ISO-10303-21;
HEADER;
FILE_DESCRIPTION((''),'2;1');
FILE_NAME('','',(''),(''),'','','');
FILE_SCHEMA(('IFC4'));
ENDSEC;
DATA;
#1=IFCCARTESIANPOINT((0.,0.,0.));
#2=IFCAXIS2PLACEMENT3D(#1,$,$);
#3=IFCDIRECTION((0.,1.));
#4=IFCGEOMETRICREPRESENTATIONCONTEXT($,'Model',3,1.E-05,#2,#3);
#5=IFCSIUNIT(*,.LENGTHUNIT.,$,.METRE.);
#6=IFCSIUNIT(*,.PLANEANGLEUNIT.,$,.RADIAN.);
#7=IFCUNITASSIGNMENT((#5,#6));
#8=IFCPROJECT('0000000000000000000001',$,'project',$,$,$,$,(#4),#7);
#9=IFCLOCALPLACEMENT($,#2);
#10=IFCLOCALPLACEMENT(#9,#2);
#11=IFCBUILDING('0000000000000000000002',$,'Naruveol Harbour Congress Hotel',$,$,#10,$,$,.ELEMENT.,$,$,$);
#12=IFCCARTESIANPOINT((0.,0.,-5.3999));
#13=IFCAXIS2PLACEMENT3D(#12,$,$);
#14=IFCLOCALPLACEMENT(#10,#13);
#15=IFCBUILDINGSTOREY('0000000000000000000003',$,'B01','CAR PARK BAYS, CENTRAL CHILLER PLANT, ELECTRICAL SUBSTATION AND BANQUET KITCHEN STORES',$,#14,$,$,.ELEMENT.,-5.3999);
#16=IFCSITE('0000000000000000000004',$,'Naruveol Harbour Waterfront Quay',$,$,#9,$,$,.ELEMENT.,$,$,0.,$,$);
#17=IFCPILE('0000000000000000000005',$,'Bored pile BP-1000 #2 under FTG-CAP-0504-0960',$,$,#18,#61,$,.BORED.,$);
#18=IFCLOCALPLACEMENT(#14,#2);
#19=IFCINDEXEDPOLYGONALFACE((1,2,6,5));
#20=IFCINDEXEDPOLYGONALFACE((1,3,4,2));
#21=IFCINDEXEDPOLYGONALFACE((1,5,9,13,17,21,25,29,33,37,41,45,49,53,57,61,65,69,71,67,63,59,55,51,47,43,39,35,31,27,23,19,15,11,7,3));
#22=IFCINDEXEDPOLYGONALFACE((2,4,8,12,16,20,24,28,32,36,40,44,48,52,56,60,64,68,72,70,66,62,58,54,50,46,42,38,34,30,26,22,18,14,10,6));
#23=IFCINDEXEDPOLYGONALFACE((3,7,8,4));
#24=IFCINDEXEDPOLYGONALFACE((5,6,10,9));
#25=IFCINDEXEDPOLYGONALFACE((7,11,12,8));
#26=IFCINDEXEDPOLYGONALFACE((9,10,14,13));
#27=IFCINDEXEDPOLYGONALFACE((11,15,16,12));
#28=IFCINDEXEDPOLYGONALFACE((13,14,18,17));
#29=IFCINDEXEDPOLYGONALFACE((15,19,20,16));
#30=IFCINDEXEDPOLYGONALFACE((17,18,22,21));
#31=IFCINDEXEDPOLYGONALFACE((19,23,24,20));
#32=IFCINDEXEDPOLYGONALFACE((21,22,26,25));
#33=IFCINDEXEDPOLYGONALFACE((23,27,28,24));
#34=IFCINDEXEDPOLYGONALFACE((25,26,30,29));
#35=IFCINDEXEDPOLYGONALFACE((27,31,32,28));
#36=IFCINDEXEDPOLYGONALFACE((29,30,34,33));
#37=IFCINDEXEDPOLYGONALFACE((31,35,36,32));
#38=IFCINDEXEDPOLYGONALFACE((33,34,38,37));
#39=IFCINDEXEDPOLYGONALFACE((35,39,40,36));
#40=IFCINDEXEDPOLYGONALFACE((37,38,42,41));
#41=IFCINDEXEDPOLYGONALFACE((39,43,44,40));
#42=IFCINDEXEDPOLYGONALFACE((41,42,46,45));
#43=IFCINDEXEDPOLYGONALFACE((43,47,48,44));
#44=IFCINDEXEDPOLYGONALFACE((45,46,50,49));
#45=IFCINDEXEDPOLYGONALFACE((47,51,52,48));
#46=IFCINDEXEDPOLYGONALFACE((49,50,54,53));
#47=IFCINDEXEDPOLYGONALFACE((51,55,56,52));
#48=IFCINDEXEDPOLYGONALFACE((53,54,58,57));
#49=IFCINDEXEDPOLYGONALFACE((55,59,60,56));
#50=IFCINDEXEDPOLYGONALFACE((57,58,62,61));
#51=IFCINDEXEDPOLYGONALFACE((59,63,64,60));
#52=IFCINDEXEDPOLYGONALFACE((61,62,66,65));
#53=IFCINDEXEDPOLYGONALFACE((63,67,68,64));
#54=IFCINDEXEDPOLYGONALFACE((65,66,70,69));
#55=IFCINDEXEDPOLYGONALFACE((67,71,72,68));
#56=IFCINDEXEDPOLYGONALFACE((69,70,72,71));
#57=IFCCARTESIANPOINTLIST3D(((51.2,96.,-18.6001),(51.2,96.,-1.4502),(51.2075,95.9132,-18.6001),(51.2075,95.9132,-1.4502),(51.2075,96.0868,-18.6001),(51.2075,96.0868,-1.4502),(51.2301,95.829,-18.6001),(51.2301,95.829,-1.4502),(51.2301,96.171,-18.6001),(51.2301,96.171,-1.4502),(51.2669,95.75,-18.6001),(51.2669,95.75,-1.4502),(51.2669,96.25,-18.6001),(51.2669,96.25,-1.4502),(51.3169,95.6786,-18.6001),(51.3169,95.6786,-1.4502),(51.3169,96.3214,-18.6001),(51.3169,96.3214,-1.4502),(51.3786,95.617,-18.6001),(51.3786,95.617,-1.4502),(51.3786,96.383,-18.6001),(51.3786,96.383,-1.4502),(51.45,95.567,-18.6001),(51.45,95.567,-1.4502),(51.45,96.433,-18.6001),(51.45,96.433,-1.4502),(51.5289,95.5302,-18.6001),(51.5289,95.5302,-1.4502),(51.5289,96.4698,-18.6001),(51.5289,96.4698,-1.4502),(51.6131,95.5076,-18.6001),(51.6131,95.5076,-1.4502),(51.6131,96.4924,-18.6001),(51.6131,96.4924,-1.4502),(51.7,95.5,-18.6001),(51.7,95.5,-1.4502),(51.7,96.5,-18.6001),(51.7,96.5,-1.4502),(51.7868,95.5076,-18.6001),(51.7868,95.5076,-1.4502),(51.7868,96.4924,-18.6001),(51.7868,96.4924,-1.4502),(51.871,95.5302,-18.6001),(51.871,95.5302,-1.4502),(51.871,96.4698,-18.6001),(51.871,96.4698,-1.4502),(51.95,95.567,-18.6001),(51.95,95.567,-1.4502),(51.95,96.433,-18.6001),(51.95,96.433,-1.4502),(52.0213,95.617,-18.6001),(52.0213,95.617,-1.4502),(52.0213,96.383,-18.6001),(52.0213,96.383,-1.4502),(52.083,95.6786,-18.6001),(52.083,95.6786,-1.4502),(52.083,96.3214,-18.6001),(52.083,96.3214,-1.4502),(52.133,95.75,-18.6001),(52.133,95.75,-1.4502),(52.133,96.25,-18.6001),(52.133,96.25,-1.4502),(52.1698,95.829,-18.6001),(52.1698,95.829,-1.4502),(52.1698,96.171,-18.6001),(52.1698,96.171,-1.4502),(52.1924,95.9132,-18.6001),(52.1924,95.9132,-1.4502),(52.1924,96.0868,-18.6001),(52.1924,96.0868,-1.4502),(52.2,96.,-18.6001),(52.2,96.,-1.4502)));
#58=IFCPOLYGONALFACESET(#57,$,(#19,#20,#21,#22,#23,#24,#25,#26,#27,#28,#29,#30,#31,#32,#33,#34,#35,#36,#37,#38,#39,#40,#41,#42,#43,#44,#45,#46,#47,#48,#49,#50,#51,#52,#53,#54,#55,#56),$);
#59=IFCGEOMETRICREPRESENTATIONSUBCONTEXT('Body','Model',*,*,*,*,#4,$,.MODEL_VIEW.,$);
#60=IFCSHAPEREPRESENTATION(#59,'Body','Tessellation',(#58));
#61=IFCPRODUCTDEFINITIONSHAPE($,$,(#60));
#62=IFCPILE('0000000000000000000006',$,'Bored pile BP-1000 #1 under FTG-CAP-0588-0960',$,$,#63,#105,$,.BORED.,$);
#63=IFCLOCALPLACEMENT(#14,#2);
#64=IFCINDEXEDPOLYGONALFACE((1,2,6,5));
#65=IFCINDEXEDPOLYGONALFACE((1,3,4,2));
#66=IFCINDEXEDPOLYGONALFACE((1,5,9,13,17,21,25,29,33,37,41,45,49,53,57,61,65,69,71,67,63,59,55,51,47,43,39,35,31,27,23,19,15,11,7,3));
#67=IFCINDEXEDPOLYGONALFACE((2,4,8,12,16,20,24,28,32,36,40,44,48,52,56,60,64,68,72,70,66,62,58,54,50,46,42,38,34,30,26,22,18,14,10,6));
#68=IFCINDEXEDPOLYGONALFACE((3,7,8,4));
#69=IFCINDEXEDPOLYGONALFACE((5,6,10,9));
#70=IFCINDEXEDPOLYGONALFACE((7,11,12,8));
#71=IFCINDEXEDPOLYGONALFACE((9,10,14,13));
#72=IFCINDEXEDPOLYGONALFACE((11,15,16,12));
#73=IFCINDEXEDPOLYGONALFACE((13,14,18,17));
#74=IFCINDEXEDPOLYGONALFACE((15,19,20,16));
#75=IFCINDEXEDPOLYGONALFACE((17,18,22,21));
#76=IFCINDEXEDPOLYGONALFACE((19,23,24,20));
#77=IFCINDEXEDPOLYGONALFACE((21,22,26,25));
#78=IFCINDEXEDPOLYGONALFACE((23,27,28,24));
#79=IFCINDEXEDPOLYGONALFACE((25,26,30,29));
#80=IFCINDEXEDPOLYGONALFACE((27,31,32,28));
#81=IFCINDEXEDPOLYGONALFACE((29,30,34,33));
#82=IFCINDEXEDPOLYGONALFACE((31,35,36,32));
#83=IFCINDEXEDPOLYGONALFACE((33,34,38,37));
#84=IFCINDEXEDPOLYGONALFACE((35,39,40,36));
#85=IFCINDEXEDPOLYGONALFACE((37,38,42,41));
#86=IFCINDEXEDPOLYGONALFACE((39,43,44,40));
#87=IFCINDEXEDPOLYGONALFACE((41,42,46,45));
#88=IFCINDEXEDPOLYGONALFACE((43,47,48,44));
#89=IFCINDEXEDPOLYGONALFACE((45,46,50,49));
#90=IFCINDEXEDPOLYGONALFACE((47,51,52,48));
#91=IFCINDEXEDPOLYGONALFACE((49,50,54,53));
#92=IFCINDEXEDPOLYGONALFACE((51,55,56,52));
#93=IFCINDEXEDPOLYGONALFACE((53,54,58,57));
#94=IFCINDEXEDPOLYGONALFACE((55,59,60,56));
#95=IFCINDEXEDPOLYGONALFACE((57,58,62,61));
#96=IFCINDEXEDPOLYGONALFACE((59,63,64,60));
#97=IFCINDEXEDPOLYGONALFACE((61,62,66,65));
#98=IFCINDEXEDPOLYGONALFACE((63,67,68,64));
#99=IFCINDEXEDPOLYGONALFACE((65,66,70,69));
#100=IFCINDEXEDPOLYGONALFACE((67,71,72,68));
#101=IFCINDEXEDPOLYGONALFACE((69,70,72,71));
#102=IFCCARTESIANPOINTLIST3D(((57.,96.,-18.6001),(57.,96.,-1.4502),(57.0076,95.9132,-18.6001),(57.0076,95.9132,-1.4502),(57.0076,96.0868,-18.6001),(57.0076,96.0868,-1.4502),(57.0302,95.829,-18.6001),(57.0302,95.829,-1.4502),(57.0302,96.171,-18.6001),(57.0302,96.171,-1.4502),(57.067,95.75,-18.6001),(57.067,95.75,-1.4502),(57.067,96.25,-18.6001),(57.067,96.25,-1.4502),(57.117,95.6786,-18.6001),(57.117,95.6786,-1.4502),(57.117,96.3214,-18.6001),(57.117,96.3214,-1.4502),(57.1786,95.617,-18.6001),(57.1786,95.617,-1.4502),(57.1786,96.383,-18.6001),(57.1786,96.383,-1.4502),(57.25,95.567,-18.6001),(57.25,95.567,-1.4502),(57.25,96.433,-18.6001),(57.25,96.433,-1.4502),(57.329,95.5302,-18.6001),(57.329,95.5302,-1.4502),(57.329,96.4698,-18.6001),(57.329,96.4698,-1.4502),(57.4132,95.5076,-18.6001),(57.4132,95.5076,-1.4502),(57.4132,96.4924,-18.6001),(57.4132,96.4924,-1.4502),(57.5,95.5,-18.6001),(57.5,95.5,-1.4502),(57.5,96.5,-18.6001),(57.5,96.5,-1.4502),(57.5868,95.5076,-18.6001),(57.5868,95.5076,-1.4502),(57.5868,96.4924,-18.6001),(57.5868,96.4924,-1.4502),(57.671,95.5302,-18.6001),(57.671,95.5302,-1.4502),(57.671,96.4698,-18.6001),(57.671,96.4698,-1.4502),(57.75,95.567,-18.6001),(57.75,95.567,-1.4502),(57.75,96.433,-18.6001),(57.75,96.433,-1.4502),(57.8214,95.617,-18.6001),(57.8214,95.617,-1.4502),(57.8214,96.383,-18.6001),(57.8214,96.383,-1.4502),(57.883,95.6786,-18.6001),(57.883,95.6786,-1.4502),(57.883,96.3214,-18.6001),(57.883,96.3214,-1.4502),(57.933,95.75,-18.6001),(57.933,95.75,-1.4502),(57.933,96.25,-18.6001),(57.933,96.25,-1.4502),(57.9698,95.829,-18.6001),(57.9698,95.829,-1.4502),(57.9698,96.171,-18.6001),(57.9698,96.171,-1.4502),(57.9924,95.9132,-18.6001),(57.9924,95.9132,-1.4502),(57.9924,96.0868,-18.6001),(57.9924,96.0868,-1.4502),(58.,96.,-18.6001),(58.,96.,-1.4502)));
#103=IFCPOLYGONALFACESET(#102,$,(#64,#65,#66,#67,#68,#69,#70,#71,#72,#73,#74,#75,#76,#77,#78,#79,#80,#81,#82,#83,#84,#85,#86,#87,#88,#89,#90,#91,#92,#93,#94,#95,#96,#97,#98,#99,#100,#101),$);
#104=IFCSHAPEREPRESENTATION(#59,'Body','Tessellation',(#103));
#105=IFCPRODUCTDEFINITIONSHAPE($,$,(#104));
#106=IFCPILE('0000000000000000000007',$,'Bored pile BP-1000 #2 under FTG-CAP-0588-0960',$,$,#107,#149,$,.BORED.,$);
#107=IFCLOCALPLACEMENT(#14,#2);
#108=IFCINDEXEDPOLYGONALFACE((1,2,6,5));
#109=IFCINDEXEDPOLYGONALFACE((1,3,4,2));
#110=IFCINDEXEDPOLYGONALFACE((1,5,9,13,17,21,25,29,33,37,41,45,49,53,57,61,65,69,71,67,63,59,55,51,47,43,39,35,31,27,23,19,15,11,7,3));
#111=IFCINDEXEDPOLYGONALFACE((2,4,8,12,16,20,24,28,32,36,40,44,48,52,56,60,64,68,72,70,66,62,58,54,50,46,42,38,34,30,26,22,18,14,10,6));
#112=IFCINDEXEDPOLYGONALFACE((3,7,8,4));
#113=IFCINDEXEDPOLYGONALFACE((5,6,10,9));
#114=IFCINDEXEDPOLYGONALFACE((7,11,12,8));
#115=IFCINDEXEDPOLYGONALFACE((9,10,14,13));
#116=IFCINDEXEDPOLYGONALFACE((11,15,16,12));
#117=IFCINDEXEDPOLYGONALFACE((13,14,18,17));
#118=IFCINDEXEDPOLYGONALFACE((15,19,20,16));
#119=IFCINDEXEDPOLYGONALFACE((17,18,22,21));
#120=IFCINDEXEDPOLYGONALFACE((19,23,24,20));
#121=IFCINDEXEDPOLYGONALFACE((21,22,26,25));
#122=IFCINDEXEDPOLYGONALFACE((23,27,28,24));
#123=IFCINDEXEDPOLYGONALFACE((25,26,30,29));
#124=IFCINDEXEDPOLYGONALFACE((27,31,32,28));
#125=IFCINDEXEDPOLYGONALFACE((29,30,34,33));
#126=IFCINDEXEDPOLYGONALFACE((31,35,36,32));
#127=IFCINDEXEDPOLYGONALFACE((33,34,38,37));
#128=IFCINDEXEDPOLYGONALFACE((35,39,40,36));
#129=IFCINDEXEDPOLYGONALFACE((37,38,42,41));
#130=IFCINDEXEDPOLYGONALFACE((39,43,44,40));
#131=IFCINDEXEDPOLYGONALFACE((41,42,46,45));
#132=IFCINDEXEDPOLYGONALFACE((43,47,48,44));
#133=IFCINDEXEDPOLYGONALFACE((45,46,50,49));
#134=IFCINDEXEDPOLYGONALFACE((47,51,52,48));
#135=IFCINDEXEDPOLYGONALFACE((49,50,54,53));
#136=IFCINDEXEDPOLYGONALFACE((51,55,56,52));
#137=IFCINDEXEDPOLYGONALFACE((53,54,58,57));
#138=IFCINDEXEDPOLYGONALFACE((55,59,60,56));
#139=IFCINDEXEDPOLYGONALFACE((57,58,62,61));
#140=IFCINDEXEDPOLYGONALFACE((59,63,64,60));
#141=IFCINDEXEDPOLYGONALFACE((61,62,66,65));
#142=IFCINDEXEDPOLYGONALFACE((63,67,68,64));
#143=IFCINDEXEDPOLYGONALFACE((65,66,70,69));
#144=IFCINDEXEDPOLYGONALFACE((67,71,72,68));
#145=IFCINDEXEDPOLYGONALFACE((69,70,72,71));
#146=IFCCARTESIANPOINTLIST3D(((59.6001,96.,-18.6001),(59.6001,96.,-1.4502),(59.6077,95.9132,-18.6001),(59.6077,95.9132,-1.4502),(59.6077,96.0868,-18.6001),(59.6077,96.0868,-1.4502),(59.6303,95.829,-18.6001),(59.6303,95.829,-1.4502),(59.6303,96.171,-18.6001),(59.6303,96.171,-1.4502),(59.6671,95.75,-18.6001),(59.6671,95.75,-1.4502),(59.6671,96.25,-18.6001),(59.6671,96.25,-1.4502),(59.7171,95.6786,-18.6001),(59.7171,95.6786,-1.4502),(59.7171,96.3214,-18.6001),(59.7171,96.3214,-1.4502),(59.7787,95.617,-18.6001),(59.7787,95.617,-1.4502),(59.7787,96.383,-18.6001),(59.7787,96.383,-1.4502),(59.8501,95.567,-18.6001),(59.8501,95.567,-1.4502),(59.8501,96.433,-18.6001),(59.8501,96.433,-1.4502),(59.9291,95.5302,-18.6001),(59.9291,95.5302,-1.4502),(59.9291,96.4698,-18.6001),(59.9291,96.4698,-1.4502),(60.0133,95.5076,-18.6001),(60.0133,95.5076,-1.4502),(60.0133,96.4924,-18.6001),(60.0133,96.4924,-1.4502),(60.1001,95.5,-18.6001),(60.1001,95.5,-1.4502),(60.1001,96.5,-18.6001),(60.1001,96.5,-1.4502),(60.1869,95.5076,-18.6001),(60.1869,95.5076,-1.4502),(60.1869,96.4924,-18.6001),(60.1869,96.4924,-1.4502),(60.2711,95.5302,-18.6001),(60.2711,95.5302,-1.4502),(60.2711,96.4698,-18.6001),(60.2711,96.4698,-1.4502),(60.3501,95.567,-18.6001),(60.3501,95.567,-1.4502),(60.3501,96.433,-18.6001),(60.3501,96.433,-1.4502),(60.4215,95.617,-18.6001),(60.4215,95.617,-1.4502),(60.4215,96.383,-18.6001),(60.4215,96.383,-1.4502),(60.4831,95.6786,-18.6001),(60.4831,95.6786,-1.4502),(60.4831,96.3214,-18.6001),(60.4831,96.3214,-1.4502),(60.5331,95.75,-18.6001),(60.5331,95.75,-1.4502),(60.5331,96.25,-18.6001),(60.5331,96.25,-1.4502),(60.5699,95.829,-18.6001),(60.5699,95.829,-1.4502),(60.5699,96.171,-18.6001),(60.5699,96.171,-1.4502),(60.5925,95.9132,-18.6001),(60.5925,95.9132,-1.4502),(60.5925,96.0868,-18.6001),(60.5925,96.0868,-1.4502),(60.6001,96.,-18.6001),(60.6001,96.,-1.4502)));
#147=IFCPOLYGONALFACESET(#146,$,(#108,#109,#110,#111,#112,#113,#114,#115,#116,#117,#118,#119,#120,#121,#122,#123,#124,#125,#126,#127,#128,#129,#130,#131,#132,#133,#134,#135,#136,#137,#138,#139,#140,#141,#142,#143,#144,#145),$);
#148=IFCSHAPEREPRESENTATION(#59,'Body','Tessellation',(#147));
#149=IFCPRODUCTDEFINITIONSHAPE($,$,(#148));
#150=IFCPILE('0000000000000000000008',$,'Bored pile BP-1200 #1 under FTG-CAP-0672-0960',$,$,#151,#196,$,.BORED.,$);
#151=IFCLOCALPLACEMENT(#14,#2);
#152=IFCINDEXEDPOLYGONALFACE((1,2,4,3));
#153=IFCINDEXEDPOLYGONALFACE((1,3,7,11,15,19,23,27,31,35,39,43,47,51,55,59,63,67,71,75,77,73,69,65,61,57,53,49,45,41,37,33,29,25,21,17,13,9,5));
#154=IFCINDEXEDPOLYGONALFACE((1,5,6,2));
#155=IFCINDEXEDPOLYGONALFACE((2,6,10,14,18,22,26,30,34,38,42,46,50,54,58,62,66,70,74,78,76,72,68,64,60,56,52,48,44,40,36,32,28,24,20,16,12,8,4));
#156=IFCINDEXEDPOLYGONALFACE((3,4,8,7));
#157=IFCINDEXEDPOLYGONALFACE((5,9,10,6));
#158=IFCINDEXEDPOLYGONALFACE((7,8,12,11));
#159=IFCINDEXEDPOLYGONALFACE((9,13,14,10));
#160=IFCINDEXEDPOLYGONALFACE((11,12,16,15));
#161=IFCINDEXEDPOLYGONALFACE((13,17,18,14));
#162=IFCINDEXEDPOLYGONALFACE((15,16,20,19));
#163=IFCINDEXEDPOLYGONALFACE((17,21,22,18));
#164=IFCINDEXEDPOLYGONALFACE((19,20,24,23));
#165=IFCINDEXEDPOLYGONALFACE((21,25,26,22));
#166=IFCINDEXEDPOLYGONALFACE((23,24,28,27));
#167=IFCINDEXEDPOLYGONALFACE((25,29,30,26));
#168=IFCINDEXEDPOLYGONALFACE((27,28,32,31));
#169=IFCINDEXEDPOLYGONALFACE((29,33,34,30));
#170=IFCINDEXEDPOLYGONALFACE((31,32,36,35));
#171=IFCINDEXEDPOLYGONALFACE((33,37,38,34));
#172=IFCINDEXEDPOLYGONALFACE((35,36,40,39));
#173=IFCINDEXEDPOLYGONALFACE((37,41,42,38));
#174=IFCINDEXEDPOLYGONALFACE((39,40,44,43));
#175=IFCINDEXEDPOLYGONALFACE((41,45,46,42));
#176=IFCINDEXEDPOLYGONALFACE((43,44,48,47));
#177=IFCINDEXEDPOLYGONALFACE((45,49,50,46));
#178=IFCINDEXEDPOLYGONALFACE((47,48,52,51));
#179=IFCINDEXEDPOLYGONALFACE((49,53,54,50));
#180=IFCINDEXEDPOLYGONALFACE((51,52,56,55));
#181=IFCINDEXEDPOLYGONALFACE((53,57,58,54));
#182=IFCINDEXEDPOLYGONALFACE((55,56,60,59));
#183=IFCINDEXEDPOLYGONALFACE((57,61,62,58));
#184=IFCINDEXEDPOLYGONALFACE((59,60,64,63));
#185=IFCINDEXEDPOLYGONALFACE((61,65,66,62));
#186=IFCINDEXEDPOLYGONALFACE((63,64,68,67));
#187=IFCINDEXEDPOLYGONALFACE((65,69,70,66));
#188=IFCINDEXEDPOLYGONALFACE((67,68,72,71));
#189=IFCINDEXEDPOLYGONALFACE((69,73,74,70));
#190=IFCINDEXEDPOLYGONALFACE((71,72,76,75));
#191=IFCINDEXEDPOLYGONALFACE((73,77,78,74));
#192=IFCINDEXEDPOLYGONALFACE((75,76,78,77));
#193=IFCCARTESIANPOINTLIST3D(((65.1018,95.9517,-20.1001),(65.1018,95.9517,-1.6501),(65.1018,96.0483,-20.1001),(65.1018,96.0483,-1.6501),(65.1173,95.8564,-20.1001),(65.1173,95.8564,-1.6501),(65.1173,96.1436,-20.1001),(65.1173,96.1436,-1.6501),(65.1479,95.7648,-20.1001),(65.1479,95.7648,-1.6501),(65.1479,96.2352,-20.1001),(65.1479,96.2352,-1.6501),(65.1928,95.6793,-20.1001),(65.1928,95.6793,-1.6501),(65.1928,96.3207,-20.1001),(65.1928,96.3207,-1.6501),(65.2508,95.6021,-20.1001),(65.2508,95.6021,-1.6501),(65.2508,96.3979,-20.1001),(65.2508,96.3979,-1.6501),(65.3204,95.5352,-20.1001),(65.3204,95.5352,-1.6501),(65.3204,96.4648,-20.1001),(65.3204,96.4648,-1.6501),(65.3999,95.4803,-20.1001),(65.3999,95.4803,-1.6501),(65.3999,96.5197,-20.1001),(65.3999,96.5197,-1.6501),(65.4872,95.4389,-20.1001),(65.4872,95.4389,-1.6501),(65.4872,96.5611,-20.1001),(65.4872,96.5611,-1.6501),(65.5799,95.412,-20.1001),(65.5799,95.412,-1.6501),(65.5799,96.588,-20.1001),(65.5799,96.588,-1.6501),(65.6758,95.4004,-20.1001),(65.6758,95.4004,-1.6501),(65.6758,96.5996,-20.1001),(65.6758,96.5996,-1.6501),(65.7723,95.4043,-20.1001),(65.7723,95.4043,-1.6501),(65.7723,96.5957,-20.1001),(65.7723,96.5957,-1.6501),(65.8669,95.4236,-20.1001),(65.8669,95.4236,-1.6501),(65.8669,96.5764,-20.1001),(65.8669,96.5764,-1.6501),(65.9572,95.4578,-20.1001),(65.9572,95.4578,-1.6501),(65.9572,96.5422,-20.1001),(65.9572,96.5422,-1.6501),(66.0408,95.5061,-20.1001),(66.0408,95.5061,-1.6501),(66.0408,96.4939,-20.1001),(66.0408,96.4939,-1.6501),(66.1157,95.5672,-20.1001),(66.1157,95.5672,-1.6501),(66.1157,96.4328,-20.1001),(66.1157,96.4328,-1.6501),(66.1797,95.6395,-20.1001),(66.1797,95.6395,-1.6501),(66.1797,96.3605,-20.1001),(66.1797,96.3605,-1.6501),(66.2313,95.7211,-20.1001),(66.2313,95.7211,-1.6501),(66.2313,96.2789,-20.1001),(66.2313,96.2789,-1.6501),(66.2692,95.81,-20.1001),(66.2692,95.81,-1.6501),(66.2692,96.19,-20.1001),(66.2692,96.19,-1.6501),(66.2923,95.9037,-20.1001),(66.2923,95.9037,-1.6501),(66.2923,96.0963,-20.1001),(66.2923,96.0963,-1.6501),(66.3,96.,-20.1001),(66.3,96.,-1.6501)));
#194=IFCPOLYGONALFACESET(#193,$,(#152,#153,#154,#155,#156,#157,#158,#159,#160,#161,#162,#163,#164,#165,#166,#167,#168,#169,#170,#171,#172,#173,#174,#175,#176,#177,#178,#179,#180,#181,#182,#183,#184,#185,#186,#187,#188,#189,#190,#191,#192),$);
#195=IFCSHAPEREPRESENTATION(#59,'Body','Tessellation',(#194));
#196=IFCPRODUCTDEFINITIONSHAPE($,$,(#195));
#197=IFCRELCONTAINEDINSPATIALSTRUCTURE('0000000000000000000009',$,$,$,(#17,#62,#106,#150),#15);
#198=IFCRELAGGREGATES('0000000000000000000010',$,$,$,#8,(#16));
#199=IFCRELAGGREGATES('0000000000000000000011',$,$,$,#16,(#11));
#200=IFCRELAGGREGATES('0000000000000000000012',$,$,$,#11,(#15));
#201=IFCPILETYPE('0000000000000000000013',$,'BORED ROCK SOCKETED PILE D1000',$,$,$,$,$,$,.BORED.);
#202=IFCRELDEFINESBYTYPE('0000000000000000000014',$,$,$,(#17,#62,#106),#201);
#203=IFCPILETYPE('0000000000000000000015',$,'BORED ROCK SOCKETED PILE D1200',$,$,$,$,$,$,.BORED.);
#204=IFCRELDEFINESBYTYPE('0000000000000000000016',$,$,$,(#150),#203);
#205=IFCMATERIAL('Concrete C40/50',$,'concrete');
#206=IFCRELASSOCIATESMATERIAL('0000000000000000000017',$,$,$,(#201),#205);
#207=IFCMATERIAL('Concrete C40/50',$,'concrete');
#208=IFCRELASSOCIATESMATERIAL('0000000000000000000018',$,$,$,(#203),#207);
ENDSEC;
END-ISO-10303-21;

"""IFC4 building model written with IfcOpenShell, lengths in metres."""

from ifc_helpers import new_model, si_unit, direction, frame, origin, origin_2d, place, context, subcontext, project, spatial, circle, extrude, material, material_profile, profile_set, type_object, element, save


model = new_model("IFC4")

# Units and contexts
model_context = context("Model", 3, precision=1e-05, world=origin(), true_north=direction((0.0, 1.0)))
body_context = subcontext(model_context, "Body", "Model", "MODEL_VIEW")
ifc_project = project(units=[si_unit("LENGTHUNIT", "METRE"), si_unit("PLANEANGLEUNIT", "RADIAN")], contexts=[model_context])

# Site, building, storey
site_placement = place(None, origin())
site = spatial("IfcSite", under=ifc_project, at=site_placement, Name="Naruveol Harbour Waterfront Quay", CompositionType="ELEMENT", RefElevation=0.0)
building_placement = place(site_placement, origin())
building = spatial("IfcBuilding", under=site, at=building_placement, Name="Naruveol Harbour Congress Hotel", CompositionType="ELEMENT")
storey_placement = place(building_placement, frame((0.0, 0.0, -5.3999)))
storey = spatial("IfcBuildingStorey", under=building, at=storey_placement, Name="B01", Description="CAR PARK BAYS, CENTRAL CHILLER PLANT, ELECTRICAL SUBSTATION AND BANQUET KITCHEN STORES", CompositionType="ELEMENT", Elevation=-5.3999)

# Piles
ifc_material_1 = material(Name="Concrete C40/50", Category="concrete")
ifc_material_profile_1 = material_profile(ifc_material_1, circle(Radius=0.5, at=origin_2d()), Name="BP-1000")
ifc_profile_set_1 = profile_set([ifc_material_profile_1], Name="Concrete C40/50")
pile_type_1 = type_object("IfcPileType", Name="BORED ROCK SOCKETED PILE D1000", PredefinedType="BORED", material=ifc_profile_set_1)
for number, where, z_axis, x_axis, name in (
    (1, (51.7, 96.0, -1.4502), (0.0, 0.0, -1.0), (1.0, 0.0, 0.0), "Bored pile BP-1000 #2 under FTG-CAP-0504-0960"),
    (2, (57.5, 96.0, -1.4502), (0.0, 0.0, -1.0), (1.0, 0.0, 0.0), "Bored pile BP-1000 #1 under FTG-CAP-0588-0960"),
    (3, (60.1001, 96.0, -1.4502), (0.0, 0.0, -1.0), (1.0, 0.0, 0.0), "Bored pile BP-1000 #2 under FTG-CAP-0588-0960"),
):
    element("IfcPile", number, at=place(storey_placement, frame(where, z_axis=z_axis, x_axis=x_axis)), inside=storey, type_object=pile_type_1, Name=name, PredefinedType="BORED", context=body_context, shape_type="SweptSolid", body=[
        extrude(circle(Radius=0.5, at=origin_2d()), origin(), (0.0, 0.0, 1.0), 17.1499),
    ])
ifc_material_2 = material(Name="Concrete C40/50", Category="concrete")
ifc_material_profile_2 = material_profile(ifc_material_2, circle(Radius=0.6001, at=origin_2d()), Name="BP-1200")
ifc_profile_set_2 = profile_set([ifc_material_profile_2], Name="Concrete C40/50")
pile_type_2 = type_object("IfcPileType", Name="BORED ROCK SOCKETED PILE D1200", PredefinedType="BORED", material=ifc_profile_set_2)
for number, where, z_axis, x_axis, name in (
    (4, (65.7, 96.0, -1.6501), (0.0, 0.0, -1.0), (1.0, 0.0, 0.0), "Bored pile BP-1200 #1 under FTG-CAP-0672-0960"),
):
    element("IfcPile", number, at=place(storey_placement, frame(where, z_axis=z_axis, x_axis=x_axis)), inside=storey, type_object=pile_type_2, Name=name, PredefinedType="BORED", context=body_context, shape_type="SweptSolid", body=[
        extrude(circle(Radius=0.6001, at=origin_2d()), origin(), (0.0, 0.0, 1.0), 18.45),
    ])

save(model, "model.ifc")
